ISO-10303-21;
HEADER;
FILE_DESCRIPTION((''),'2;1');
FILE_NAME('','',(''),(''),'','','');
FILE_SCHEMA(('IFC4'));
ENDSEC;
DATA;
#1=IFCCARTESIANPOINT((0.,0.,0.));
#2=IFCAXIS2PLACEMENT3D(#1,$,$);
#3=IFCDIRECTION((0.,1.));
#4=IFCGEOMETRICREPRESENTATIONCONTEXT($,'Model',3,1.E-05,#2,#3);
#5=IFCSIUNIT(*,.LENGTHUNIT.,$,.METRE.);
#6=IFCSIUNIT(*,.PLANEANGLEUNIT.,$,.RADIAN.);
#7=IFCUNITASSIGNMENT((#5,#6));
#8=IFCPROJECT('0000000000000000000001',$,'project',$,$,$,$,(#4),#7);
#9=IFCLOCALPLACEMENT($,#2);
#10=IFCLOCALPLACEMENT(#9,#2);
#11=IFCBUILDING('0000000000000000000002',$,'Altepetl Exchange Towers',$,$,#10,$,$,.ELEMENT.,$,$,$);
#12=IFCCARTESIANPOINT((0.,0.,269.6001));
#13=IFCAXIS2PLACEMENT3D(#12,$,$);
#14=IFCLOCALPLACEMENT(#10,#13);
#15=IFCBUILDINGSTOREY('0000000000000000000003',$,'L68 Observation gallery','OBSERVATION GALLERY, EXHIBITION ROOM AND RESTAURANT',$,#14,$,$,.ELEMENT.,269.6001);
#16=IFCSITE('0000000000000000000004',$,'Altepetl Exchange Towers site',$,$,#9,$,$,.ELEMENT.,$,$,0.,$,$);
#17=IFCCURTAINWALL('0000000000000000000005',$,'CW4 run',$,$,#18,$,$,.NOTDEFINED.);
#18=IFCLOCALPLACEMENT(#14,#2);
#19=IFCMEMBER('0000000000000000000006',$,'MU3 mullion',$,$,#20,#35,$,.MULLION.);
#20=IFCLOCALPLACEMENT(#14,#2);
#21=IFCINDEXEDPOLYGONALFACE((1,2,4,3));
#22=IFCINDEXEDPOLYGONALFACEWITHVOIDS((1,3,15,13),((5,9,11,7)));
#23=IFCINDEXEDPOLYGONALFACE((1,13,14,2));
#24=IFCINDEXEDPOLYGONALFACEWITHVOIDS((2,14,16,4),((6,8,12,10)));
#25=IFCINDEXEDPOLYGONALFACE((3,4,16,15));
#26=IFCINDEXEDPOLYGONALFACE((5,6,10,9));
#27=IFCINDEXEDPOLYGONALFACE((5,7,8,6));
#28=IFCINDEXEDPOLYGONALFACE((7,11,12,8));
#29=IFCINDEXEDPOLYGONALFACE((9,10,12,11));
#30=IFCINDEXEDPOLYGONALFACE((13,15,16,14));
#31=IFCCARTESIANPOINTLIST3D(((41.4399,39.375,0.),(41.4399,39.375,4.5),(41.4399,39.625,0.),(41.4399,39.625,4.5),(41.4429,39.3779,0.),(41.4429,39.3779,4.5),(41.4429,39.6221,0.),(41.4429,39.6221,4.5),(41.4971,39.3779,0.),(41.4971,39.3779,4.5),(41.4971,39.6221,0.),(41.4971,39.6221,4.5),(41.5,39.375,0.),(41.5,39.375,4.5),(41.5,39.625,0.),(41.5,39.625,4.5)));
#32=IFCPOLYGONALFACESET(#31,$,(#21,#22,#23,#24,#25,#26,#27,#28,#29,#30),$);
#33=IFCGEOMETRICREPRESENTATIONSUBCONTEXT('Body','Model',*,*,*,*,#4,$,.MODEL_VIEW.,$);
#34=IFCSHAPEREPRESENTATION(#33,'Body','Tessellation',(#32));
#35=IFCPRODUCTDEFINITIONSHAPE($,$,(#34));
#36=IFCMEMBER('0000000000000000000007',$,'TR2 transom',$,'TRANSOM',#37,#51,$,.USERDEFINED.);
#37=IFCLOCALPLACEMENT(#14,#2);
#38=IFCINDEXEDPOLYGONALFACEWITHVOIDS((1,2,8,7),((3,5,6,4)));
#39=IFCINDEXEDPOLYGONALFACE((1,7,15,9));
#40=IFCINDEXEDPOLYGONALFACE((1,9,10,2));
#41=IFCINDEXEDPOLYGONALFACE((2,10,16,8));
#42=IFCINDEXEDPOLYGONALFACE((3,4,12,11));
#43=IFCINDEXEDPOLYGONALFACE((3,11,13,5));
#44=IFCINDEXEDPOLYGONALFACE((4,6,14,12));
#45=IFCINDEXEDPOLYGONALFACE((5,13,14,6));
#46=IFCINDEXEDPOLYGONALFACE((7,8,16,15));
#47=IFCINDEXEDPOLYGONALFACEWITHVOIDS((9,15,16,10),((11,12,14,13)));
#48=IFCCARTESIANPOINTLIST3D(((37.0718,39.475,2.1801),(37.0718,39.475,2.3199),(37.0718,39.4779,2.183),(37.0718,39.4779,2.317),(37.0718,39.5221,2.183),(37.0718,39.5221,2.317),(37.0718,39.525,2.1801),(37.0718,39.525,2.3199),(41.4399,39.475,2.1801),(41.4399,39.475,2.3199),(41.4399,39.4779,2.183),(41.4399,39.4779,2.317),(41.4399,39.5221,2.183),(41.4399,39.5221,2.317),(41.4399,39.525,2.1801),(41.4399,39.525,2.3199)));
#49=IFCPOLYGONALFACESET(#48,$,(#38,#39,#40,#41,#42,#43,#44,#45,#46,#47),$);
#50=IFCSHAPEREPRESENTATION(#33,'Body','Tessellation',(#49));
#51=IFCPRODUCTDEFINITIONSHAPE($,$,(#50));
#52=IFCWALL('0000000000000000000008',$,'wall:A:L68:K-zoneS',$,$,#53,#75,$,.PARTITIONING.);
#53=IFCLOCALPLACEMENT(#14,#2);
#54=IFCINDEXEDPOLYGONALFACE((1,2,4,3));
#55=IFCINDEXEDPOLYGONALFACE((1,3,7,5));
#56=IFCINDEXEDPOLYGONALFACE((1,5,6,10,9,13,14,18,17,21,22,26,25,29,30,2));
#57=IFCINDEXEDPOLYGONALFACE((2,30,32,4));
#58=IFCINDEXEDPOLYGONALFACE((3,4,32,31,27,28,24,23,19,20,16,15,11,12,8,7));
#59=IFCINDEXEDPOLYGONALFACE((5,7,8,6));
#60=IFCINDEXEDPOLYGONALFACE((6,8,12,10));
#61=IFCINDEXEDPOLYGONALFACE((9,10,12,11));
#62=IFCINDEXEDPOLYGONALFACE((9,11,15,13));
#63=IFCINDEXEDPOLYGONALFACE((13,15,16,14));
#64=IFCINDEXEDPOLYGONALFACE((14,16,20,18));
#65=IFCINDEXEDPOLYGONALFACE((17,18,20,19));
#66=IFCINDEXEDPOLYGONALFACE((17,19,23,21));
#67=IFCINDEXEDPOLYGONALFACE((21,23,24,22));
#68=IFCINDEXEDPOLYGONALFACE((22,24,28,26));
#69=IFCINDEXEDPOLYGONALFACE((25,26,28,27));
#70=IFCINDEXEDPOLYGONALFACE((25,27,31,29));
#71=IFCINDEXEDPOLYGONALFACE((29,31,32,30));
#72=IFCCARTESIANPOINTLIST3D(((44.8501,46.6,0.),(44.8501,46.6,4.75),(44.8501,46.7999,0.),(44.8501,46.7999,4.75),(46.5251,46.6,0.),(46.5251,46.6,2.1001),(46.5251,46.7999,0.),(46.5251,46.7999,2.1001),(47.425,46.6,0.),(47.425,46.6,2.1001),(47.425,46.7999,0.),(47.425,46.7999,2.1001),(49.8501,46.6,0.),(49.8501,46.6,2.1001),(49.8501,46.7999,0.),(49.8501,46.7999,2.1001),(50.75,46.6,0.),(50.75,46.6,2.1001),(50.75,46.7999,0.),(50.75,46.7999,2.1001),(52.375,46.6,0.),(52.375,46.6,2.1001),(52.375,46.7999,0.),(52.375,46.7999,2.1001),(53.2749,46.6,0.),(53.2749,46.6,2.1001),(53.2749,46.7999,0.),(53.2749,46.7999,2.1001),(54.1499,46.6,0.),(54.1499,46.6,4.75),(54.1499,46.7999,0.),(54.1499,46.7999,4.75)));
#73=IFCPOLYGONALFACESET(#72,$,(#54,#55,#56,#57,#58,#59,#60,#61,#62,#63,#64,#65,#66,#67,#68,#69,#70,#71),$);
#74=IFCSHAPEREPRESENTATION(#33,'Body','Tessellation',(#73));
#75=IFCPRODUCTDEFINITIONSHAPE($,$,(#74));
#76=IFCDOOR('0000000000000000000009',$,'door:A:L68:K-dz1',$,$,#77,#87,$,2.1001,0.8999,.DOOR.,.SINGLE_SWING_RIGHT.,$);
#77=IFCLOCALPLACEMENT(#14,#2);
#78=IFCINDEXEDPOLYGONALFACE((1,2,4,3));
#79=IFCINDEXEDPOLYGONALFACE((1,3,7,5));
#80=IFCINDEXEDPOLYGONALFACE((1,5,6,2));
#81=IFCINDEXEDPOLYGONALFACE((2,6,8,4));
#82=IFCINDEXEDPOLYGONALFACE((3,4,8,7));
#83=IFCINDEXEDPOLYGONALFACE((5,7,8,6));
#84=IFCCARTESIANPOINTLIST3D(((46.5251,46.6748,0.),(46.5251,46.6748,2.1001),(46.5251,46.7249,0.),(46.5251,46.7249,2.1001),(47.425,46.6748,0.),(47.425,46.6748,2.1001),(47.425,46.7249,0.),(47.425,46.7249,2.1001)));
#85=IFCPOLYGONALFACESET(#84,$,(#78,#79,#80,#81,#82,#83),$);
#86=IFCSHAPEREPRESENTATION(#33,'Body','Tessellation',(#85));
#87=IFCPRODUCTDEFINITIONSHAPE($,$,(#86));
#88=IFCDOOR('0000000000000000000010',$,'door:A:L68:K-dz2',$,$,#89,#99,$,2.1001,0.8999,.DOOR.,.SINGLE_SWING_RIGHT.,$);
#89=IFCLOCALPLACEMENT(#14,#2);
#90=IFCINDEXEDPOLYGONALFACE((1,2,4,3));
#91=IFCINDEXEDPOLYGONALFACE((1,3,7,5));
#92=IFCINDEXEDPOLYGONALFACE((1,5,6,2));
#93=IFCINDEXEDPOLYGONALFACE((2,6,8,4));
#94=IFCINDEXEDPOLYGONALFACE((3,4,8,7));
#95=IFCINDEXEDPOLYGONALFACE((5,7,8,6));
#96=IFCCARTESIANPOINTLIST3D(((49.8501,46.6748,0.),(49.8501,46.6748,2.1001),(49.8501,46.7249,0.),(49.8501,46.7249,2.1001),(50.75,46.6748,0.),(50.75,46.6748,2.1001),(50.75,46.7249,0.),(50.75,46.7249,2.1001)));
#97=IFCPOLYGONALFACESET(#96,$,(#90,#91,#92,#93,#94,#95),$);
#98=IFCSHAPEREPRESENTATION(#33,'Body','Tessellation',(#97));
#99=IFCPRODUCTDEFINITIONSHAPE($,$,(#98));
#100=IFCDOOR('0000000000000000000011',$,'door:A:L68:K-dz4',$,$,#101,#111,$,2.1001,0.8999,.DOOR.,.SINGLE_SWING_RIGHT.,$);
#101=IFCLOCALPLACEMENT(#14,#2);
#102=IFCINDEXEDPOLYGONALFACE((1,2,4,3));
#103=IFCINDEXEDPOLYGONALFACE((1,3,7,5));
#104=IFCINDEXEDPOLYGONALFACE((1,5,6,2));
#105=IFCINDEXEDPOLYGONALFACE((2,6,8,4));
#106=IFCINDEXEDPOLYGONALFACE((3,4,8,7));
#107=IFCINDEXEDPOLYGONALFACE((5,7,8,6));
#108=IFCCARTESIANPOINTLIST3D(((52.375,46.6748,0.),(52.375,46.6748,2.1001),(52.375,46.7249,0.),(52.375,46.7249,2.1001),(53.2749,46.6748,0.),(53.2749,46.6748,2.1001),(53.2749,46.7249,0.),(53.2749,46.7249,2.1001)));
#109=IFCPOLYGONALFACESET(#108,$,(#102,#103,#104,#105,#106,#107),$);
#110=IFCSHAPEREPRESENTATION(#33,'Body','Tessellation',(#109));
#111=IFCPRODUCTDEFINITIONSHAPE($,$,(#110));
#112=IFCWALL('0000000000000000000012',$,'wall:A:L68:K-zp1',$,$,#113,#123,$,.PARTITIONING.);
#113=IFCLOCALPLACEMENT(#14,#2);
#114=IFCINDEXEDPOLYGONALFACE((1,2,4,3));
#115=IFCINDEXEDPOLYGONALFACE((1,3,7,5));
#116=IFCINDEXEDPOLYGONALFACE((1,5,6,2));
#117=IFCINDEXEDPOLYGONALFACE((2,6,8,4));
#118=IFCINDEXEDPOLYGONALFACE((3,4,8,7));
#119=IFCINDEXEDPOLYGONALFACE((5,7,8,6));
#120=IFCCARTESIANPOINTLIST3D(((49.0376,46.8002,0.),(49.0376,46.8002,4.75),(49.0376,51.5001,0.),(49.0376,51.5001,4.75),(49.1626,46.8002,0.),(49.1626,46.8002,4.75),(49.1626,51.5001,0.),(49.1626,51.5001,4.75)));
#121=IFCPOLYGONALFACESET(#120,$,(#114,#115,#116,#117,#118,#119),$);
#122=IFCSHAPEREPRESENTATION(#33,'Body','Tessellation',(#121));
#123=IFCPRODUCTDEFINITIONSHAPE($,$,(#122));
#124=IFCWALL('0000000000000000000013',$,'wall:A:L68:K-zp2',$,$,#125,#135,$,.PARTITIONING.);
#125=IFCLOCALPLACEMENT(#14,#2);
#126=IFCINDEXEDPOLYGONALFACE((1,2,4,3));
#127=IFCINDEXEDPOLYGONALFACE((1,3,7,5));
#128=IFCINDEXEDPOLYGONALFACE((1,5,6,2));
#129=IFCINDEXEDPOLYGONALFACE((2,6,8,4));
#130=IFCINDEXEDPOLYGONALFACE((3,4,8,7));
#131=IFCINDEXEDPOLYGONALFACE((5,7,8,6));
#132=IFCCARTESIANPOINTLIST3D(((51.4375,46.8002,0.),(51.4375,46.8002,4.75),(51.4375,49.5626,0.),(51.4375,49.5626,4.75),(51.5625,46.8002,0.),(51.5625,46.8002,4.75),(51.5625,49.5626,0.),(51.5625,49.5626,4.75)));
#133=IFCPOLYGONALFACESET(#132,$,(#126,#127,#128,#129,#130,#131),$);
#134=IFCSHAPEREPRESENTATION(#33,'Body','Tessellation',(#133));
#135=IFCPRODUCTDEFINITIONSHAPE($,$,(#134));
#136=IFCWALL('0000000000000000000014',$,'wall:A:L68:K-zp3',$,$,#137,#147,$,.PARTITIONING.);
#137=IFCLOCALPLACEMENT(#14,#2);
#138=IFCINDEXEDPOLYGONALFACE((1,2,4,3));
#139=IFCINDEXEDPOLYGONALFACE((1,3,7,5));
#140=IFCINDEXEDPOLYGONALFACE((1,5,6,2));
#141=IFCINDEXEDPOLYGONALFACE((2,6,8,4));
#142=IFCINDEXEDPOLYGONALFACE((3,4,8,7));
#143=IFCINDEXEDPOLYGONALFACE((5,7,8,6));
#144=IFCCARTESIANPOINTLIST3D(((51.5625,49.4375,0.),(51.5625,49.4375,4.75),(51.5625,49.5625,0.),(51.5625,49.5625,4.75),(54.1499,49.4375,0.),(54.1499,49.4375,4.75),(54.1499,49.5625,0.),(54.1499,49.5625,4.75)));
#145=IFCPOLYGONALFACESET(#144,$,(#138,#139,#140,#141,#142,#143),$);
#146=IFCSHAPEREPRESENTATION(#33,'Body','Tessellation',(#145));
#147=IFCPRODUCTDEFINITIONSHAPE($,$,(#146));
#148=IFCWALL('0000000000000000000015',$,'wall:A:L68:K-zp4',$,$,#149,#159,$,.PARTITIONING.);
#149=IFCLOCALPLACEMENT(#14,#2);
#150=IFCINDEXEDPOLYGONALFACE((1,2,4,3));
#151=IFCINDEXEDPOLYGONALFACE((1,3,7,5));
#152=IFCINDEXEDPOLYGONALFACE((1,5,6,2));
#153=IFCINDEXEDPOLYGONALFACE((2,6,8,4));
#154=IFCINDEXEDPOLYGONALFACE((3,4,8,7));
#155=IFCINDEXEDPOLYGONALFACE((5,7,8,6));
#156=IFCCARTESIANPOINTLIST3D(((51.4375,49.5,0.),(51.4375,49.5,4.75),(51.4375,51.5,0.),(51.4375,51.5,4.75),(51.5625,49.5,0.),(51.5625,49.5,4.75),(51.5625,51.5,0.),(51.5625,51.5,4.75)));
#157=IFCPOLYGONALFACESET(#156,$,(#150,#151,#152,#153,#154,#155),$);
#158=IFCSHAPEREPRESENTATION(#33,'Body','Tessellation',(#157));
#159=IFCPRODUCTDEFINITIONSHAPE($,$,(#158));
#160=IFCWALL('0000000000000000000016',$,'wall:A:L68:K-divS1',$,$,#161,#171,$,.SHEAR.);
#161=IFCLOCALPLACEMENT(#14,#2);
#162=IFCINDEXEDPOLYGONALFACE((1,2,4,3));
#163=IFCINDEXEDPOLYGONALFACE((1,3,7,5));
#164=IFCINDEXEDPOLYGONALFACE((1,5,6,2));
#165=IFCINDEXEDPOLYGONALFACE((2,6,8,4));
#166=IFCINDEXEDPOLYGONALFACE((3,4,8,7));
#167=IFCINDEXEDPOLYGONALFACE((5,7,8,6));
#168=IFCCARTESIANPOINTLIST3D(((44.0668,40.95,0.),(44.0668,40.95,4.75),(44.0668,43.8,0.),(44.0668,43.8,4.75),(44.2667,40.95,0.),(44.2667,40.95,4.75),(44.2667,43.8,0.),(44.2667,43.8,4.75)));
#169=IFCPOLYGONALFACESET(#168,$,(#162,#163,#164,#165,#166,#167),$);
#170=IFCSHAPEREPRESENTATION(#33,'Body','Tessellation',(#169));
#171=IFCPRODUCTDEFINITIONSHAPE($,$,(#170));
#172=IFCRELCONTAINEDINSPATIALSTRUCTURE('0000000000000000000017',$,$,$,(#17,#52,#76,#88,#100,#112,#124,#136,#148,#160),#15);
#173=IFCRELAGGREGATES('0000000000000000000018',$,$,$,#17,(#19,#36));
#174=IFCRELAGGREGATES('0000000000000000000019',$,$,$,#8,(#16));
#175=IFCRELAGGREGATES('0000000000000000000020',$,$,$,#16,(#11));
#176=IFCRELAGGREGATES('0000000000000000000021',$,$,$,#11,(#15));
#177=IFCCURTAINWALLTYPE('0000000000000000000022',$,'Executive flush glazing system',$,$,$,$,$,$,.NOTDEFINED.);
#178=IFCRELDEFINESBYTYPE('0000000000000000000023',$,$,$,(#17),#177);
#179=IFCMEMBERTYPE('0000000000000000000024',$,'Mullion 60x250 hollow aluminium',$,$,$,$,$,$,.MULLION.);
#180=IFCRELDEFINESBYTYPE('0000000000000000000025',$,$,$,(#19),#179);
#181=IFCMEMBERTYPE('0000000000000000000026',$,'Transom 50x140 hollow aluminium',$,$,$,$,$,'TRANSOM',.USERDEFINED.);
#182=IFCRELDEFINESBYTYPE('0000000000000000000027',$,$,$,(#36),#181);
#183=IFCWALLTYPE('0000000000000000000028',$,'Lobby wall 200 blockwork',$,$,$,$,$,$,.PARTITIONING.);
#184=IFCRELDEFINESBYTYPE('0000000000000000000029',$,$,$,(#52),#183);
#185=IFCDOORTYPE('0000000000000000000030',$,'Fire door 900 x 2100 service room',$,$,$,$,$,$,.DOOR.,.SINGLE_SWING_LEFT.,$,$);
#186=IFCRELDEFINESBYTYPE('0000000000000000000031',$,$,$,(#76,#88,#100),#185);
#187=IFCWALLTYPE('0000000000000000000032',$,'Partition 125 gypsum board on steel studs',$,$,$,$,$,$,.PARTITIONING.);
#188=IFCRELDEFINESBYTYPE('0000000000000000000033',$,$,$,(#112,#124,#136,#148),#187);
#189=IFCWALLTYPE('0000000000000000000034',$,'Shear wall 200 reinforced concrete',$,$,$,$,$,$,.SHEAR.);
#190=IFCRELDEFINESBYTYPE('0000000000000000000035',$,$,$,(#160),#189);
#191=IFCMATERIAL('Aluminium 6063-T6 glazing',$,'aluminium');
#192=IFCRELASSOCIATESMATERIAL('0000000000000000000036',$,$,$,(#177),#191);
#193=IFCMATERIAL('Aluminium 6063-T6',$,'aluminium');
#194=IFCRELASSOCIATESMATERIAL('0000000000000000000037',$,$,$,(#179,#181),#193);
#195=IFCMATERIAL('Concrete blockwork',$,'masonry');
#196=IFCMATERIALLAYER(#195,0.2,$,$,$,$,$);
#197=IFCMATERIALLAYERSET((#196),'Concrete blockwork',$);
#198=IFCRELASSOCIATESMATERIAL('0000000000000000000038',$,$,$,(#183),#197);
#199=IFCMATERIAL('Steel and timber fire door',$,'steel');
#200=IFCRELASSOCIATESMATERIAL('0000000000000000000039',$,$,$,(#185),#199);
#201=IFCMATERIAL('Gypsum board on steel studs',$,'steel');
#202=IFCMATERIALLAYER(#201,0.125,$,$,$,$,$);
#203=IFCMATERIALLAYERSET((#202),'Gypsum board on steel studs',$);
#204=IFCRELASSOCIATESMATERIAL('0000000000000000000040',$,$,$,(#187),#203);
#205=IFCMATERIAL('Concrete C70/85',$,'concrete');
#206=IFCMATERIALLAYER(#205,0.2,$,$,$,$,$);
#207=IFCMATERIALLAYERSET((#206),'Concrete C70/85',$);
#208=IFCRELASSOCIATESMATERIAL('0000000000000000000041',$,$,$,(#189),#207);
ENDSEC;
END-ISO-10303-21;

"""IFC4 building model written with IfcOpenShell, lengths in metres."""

from ifc_helpers import new_model, si_unit, direction, frame, frame_2d, origin, origin_2d, place, context, subcontext, project, spatial, rectangle, hollow_rectangle, extrude, material, layer, layer_set, material_profile, profile_set, type_object, element, fill, aggregate, save


model = new_model("IFC4")

# Units and contexts
model_context = context("Model", 3, precision=1e-05, world=origin(), true_north=direction((0.0, 1.0)))
body_context = subcontext(model_context, "Body", "Model", "MODEL_VIEW")
ifc_project = project(units=[si_unit("LENGTHUNIT", "METRE"), si_unit("PLANEANGLEUNIT", "RADIAN")], contexts=[model_context])

# Site, building, storey
site_placement = place(None, origin())
site = spatial("IfcSite", under=ifc_project, at=site_placement, Name="Altepetl Exchange Towers site", CompositionType="ELEMENT", RefElevation=0.0)
building_placement = place(site_placement, origin())
building = spatial("IfcBuilding", under=site, at=building_placement, Name="Altepetl Exchange Towers", CompositionType="ELEMENT")
storey_placement = place(building_placement, frame((0.0, 0.0, 269.6001)))
storey = spatial("IfcBuildingStorey", under=building, at=storey_placement, Name="L68 Observation gallery", Description="OBSERVATION GALLERY, EXHIBITION ROOM AND RESTAURANT", CompositionType="ELEMENT", Elevation=269.6001)

# Curtain wall, members
ifc_material_1 = material(Name="Aluminium 6063-T6 glazing", Category="aluminium")
curtain_wall_type = type_object("IfcCurtainWallType", Name="Executive flush glazing system", PredefinedType="NOTDEFINED", material=ifc_material_1)
curtain_wall_placement = place(storey_placement, origin())
curtain_wall = element("IfcCurtainWall", 1, at=curtain_wall_placement, inside=storey, type_object=curtain_wall_type, Name="CW4 run", PredefinedType="NOTDEFINED")
ifc_material_2 = material(Name="Aluminium 6063-T6", Category="aluminium")
ifc_material_profile_1 = material_profile(ifc_material_2, hollow_rectangle(XDim=0.0601, YDim=0.25, WallThickness=0.0029, at=origin_2d()), Name="Mullion 60x250 hollow aluminium")
ifc_profile_set_1 = profile_set([ifc_material_profile_1], Name="Aluminium 6063-T6")
member_type_1 = type_object("IfcMemberType", Name="Mullion 60x250 hollow aluminium", PredefinedType="MULLION", material=ifc_profile_set_1)
member_1_placement = place(storey_placement, frame((41.47, 39.5, 0.0), z_axis=(0.0, 0.0, 1.0), x_axis=(-1.0, 0.0, 0.0)))
member_1 = element("IfcMember", 2, at=member_1_placement, type_object=member_type_1, Name="MU3 mullion", PredefinedType="MULLION", context=body_context, shape_type="SweptSolid", body=[
    extrude(hollow_rectangle(XDim=0.0601, YDim=0.25, WallThickness=0.0029, at=origin_2d()), origin(), (0.0, 0.0, 1.0), 4.5),
])
ifc_material_profile_2 = material_profile(ifc_material_2, hollow_rectangle(XDim=0.05, YDim=0.1399, WallThickness=0.0029, at=origin_2d()), Name="Transom 50x140 hollow aluminium")
ifc_profile_set_2 = profile_set([ifc_material_profile_2], Name="Aluminium 6063-T6")
member_type_2 = type_object("IfcMemberType", Name="Transom 50x140 hollow aluminium", ElementType="TRANSOM", PredefinedType="USERDEFINED", material=ifc_profile_set_2)
member_2_placement = place(storey_placement, frame((41.4399, 39.5, 2.25), z_axis=(-1.0, 0.0, 0.0), x_axis=(0.0, -1.0, 0.0)))
member_2 = element("IfcMember", 3, at=member_2_placement, type_object=member_type_2, Name="TR2 transom", ObjectType="TRANSOM", PredefinedType="USERDEFINED", context=body_context, shape_type="SweptSolid", body=[
    extrude(hollow_rectangle(XDim=0.05, YDim=0.1399, WallThickness=0.0029, at=origin_2d()), origin(), (0.0, 0.0, 1.0), 4.3682),
])
aggregate(curtain_wall, [member_1, member_2])

# Wall, openings, doors
ifc_material_3 = material(Name="Concrete blockwork", Category="masonry")
ifc_layer_1 = layer(ifc_material_3, 0.2)
ifc_layer_set_1 = layer_set([ifc_layer_1], Name="Concrete blockwork")
wall_type_1 = type_object("IfcWallType", Name="Lobby wall 200 blockwork", PredefinedType="PARTITIONING", material=ifc_layer_set_1)
wall_1_placement = place(storey_placement, frame((44.8501, 46.7, 0.0)))
wall_1 = element("IfcWall", 4, at=wall_1_placement, inside=storey, type_object=wall_type_1, Name="wall:A:L68:K-zoneS", PredefinedType="PARTITIONING", context=body_context, shape_type="SweptSolid", body=[
    extrude(rectangle(XDim=9.2998, YDim=0.2, at=frame_2d((4.6499, 0.0))), origin(), (0.0, 0.0, 1.0), 4.75),
])
opening_1_placement = place(wall_1_placement, frame((1.675, 0.0, 0.0)))
opening_1 = element("IfcOpeningElement", 5, at=opening_1_placement, cuts=wall_1, PredefinedType="OPENING", context=body_context, shape_type="SweptSolid", body=[
    extrude(rectangle(XDim=0.8999, YDim=2.1001, at=frame_2d((0.45, 1.05))), frame((0.0, 0.1099, 0.0), z_axis=(0.0, -1.0, 0.0), x_axis=(1.0, 0.0, 0.0)), (0.0, 0.0, 1.0), 0.22),
])
opening_2_placement = place(wall_1_placement, frame((5.0, 0.0, 0.0)))
opening_2 = element("IfcOpeningElement", 6, at=opening_2_placement, cuts=wall_1, PredefinedType="OPENING", context=body_context, shape_type="SweptSolid", body=[
    extrude(rectangle(XDim=0.8999, YDim=2.1001, at=frame_2d((0.45, 1.05))), frame((0.0, 0.1099, 0.0), z_axis=(0.0, -1.0, 0.0), x_axis=(1.0, 0.0, 0.0)), (0.0, 0.0, 1.0), 0.22),
])
opening_3_placement = place(wall_1_placement, frame((7.5249, 0.0, 0.0)))
opening_3 = element("IfcOpeningElement", 7, at=opening_3_placement, cuts=wall_1, PredefinedType="OPENING", context=body_context, shape_type="SweptSolid", body=[
    extrude(rectangle(XDim=0.8999, YDim=2.1001, at=frame_2d((0.45, 1.05))), frame((0.0, 0.1099, 0.0), z_axis=(0.0, -1.0, 0.0), x_axis=(1.0, 0.0, 0.0)), (0.0, 0.0, 1.0), 0.22),
])
ifc_material_4 = material(Name="Steel and timber fire door", Category="steel")
door_type = type_object("IfcDoorType", Name="Fire door 900 x 2100 service room", OperationType="SINGLE_SWING_LEFT", PredefinedType="DOOR", material=ifc_material_4)
door_1_placement = place(opening_1_placement, origin())
door_1 = element("IfcDoor", 8, at=door_1_placement, inside=storey, type_object=door_type, Name="door:A:L68:K-dz1", OperationType="SINGLE_SWING_RIGHT", OverallHeight=2.1001, OverallWidth=0.8999, PredefinedType="DOOR", context=body_context, shape_type="SweptSolid", body=[
    extrude(rectangle(XDim=0.8999, YDim=2.1001, at=frame_2d((0.45, 1.05))), frame((0.0, 0.0249, 0.0), z_axis=(0.0, -1.0, 0.0), x_axis=(1.0, 0.0, 0.0)), (0.0, 0.0, 1.0), 0.05),
])
fill(opening_1, door_1)
door_2_placement = place(opening_2_placement, origin())
door_2 = element("IfcDoor", 9, at=door_2_placement, inside=storey, type_object=door_type, Name="door:A:L68:K-dz2", OperationType="SINGLE_SWING_RIGHT", OverallHeight=2.1001, OverallWidth=0.8999, PredefinedType="DOOR", context=body_context, shape_type="SweptSolid", body=[
    extrude(rectangle(XDim=0.8999, YDim=2.1001, at=frame_2d((0.45, 1.05))), frame((0.0, 0.0249, 0.0), z_axis=(0.0, -1.0, 0.0), x_axis=(1.0, 0.0, 0.0)), (0.0, 0.0, 1.0), 0.05),
])
fill(opening_2, door_2)
door_3_placement = place(opening_3_placement, origin())
door_3 = element("IfcDoor", 10, at=door_3_placement, inside=storey, type_object=door_type, Name="door:A:L68:K-dz4", OperationType="SINGLE_SWING_RIGHT", OverallHeight=2.1001, OverallWidth=0.8999, PredefinedType="DOOR", context=body_context, shape_type="SweptSolid", body=[
    extrude(rectangle(XDim=0.8999, YDim=2.1001, at=frame_2d((0.45, 1.05))), frame((0.0, 0.0249, 0.0), z_axis=(0.0, -1.0, 0.0), x_axis=(1.0, 0.0, 0.0)), (0.0, 0.0, 1.0), 0.05),
])
fill(opening_3, door_3)

# Walls
ifc_material_5 = material(Name="Gypsum board on steel studs", Category="steel")
ifc_layer_2 = layer(ifc_material_5, 0.125)
ifc_layer_set_2 = layer_set([ifc_layer_2], Name="Gypsum board on steel studs")
wall_type_2 = type_object("IfcWallType", Name="Partition 125 gypsum board on steel studs", PredefinedType="PARTITIONING", material=ifc_layer_set_2)
wall_2_placement = place(storey_placement, frame((49.1001, 46.8, 0.0), z_axis=(0.0, 0.0, 1.0), x_axis=(0.0, 1.0, 0.0)))
element("IfcWall", 11, at=wall_2_placement, inside=storey, type_object=wall_type_2, Name="wall:A:L68:K-zp1", PredefinedType="PARTITIONING", context=body_context, shape_type="SweptSolid", body=[
    extrude(rectangle(XDim=4.7, YDim=0.125, at=frame_2d((2.3501, 0.0))), origin(), (0.0, 0.0, 1.0), 4.75),
])
wall_3_placement = place(storey_placement, frame((51.5, 46.8, 0.0), z_axis=(0.0, 0.0, 1.0), x_axis=(0.0, 1.0, 0.0)))
element("IfcWall", 12, at=wall_3_placement, inside=storey, type_object=wall_type_2, Name="wall:A:L68:K-zp2", PredefinedType="PARTITIONING", context=body_context, shape_type="SweptSolid", body=[
    extrude(rectangle(XDim=2.7625, YDim=0.125, at=frame_2d((1.3813, 0.0))), origin(), (0.0, 0.0, 1.0), 4.75),
])
wall_4_placement = place(storey_placement, frame((51.5625, 49.5, 0.0)))
element("IfcWall", 13, at=wall_4_placement, inside=storey, type_object=wall_type_2, Name="wall:A:L68:K-zp3", PredefinedType="PARTITIONING", context=body_context, shape_type="SweptSolid", body=[
    extrude(rectangle(XDim=2.5874, YDim=0.125, at=frame_2d((1.2937, 0.0))), origin(), (0.0, 0.0, 1.0), 4.75),
])
wall_5_placement = place(storey_placement, frame((51.5, 49.5, 0.0), z_axis=(0.0, 0.0, 1.0), x_axis=(0.0, 1.0, 0.0)))
element("IfcWall", 14, at=wall_5_placement, inside=storey, type_object=wall_type_2, Name="wall:A:L68:K-zp4", PredefinedType="PARTITIONING", context=body_context, shape_type="SweptSolid", body=[
    extrude(rectangle(XDim=2.0, YDim=0.125, at=frame_2d((1.0, 0.0))), origin(), (0.0, 0.0, 1.0), 4.75),
])
ifc_material_6 = material(Name="Concrete C70/85", Category="concrete")
ifc_layer_3 = layer(ifc_material_6, 0.2)
ifc_layer_set_3 = layer_set([ifc_layer_3], Name="Concrete C70/85")
wall_type_3 = type_object("IfcWallType", Name="Shear wall 200 reinforced concrete", PredefinedType="SHEAR", material=ifc_layer_set_3)
wall_6_placement = place(storey_placement, frame((44.1667, 40.95, 0.0), z_axis=(0.0, 0.0, 1.0), x_axis=(0.0, 1.0, 0.0)))
element("IfcWall", 15, at=wall_6_placement, inside=storey, type_object=wall_type_3, Name="wall:A:L68:K-divS1", PredefinedType="SHEAR", context=body_context, shape_type="SweptSolid", body=[
    extrude(rectangle(XDim=2.8501, YDim=0.2, at=frame_2d((1.425, 0.0))), origin(), (0.0, 0.0, 1.0), 4.75),
])

save(model, "model.ifc")
